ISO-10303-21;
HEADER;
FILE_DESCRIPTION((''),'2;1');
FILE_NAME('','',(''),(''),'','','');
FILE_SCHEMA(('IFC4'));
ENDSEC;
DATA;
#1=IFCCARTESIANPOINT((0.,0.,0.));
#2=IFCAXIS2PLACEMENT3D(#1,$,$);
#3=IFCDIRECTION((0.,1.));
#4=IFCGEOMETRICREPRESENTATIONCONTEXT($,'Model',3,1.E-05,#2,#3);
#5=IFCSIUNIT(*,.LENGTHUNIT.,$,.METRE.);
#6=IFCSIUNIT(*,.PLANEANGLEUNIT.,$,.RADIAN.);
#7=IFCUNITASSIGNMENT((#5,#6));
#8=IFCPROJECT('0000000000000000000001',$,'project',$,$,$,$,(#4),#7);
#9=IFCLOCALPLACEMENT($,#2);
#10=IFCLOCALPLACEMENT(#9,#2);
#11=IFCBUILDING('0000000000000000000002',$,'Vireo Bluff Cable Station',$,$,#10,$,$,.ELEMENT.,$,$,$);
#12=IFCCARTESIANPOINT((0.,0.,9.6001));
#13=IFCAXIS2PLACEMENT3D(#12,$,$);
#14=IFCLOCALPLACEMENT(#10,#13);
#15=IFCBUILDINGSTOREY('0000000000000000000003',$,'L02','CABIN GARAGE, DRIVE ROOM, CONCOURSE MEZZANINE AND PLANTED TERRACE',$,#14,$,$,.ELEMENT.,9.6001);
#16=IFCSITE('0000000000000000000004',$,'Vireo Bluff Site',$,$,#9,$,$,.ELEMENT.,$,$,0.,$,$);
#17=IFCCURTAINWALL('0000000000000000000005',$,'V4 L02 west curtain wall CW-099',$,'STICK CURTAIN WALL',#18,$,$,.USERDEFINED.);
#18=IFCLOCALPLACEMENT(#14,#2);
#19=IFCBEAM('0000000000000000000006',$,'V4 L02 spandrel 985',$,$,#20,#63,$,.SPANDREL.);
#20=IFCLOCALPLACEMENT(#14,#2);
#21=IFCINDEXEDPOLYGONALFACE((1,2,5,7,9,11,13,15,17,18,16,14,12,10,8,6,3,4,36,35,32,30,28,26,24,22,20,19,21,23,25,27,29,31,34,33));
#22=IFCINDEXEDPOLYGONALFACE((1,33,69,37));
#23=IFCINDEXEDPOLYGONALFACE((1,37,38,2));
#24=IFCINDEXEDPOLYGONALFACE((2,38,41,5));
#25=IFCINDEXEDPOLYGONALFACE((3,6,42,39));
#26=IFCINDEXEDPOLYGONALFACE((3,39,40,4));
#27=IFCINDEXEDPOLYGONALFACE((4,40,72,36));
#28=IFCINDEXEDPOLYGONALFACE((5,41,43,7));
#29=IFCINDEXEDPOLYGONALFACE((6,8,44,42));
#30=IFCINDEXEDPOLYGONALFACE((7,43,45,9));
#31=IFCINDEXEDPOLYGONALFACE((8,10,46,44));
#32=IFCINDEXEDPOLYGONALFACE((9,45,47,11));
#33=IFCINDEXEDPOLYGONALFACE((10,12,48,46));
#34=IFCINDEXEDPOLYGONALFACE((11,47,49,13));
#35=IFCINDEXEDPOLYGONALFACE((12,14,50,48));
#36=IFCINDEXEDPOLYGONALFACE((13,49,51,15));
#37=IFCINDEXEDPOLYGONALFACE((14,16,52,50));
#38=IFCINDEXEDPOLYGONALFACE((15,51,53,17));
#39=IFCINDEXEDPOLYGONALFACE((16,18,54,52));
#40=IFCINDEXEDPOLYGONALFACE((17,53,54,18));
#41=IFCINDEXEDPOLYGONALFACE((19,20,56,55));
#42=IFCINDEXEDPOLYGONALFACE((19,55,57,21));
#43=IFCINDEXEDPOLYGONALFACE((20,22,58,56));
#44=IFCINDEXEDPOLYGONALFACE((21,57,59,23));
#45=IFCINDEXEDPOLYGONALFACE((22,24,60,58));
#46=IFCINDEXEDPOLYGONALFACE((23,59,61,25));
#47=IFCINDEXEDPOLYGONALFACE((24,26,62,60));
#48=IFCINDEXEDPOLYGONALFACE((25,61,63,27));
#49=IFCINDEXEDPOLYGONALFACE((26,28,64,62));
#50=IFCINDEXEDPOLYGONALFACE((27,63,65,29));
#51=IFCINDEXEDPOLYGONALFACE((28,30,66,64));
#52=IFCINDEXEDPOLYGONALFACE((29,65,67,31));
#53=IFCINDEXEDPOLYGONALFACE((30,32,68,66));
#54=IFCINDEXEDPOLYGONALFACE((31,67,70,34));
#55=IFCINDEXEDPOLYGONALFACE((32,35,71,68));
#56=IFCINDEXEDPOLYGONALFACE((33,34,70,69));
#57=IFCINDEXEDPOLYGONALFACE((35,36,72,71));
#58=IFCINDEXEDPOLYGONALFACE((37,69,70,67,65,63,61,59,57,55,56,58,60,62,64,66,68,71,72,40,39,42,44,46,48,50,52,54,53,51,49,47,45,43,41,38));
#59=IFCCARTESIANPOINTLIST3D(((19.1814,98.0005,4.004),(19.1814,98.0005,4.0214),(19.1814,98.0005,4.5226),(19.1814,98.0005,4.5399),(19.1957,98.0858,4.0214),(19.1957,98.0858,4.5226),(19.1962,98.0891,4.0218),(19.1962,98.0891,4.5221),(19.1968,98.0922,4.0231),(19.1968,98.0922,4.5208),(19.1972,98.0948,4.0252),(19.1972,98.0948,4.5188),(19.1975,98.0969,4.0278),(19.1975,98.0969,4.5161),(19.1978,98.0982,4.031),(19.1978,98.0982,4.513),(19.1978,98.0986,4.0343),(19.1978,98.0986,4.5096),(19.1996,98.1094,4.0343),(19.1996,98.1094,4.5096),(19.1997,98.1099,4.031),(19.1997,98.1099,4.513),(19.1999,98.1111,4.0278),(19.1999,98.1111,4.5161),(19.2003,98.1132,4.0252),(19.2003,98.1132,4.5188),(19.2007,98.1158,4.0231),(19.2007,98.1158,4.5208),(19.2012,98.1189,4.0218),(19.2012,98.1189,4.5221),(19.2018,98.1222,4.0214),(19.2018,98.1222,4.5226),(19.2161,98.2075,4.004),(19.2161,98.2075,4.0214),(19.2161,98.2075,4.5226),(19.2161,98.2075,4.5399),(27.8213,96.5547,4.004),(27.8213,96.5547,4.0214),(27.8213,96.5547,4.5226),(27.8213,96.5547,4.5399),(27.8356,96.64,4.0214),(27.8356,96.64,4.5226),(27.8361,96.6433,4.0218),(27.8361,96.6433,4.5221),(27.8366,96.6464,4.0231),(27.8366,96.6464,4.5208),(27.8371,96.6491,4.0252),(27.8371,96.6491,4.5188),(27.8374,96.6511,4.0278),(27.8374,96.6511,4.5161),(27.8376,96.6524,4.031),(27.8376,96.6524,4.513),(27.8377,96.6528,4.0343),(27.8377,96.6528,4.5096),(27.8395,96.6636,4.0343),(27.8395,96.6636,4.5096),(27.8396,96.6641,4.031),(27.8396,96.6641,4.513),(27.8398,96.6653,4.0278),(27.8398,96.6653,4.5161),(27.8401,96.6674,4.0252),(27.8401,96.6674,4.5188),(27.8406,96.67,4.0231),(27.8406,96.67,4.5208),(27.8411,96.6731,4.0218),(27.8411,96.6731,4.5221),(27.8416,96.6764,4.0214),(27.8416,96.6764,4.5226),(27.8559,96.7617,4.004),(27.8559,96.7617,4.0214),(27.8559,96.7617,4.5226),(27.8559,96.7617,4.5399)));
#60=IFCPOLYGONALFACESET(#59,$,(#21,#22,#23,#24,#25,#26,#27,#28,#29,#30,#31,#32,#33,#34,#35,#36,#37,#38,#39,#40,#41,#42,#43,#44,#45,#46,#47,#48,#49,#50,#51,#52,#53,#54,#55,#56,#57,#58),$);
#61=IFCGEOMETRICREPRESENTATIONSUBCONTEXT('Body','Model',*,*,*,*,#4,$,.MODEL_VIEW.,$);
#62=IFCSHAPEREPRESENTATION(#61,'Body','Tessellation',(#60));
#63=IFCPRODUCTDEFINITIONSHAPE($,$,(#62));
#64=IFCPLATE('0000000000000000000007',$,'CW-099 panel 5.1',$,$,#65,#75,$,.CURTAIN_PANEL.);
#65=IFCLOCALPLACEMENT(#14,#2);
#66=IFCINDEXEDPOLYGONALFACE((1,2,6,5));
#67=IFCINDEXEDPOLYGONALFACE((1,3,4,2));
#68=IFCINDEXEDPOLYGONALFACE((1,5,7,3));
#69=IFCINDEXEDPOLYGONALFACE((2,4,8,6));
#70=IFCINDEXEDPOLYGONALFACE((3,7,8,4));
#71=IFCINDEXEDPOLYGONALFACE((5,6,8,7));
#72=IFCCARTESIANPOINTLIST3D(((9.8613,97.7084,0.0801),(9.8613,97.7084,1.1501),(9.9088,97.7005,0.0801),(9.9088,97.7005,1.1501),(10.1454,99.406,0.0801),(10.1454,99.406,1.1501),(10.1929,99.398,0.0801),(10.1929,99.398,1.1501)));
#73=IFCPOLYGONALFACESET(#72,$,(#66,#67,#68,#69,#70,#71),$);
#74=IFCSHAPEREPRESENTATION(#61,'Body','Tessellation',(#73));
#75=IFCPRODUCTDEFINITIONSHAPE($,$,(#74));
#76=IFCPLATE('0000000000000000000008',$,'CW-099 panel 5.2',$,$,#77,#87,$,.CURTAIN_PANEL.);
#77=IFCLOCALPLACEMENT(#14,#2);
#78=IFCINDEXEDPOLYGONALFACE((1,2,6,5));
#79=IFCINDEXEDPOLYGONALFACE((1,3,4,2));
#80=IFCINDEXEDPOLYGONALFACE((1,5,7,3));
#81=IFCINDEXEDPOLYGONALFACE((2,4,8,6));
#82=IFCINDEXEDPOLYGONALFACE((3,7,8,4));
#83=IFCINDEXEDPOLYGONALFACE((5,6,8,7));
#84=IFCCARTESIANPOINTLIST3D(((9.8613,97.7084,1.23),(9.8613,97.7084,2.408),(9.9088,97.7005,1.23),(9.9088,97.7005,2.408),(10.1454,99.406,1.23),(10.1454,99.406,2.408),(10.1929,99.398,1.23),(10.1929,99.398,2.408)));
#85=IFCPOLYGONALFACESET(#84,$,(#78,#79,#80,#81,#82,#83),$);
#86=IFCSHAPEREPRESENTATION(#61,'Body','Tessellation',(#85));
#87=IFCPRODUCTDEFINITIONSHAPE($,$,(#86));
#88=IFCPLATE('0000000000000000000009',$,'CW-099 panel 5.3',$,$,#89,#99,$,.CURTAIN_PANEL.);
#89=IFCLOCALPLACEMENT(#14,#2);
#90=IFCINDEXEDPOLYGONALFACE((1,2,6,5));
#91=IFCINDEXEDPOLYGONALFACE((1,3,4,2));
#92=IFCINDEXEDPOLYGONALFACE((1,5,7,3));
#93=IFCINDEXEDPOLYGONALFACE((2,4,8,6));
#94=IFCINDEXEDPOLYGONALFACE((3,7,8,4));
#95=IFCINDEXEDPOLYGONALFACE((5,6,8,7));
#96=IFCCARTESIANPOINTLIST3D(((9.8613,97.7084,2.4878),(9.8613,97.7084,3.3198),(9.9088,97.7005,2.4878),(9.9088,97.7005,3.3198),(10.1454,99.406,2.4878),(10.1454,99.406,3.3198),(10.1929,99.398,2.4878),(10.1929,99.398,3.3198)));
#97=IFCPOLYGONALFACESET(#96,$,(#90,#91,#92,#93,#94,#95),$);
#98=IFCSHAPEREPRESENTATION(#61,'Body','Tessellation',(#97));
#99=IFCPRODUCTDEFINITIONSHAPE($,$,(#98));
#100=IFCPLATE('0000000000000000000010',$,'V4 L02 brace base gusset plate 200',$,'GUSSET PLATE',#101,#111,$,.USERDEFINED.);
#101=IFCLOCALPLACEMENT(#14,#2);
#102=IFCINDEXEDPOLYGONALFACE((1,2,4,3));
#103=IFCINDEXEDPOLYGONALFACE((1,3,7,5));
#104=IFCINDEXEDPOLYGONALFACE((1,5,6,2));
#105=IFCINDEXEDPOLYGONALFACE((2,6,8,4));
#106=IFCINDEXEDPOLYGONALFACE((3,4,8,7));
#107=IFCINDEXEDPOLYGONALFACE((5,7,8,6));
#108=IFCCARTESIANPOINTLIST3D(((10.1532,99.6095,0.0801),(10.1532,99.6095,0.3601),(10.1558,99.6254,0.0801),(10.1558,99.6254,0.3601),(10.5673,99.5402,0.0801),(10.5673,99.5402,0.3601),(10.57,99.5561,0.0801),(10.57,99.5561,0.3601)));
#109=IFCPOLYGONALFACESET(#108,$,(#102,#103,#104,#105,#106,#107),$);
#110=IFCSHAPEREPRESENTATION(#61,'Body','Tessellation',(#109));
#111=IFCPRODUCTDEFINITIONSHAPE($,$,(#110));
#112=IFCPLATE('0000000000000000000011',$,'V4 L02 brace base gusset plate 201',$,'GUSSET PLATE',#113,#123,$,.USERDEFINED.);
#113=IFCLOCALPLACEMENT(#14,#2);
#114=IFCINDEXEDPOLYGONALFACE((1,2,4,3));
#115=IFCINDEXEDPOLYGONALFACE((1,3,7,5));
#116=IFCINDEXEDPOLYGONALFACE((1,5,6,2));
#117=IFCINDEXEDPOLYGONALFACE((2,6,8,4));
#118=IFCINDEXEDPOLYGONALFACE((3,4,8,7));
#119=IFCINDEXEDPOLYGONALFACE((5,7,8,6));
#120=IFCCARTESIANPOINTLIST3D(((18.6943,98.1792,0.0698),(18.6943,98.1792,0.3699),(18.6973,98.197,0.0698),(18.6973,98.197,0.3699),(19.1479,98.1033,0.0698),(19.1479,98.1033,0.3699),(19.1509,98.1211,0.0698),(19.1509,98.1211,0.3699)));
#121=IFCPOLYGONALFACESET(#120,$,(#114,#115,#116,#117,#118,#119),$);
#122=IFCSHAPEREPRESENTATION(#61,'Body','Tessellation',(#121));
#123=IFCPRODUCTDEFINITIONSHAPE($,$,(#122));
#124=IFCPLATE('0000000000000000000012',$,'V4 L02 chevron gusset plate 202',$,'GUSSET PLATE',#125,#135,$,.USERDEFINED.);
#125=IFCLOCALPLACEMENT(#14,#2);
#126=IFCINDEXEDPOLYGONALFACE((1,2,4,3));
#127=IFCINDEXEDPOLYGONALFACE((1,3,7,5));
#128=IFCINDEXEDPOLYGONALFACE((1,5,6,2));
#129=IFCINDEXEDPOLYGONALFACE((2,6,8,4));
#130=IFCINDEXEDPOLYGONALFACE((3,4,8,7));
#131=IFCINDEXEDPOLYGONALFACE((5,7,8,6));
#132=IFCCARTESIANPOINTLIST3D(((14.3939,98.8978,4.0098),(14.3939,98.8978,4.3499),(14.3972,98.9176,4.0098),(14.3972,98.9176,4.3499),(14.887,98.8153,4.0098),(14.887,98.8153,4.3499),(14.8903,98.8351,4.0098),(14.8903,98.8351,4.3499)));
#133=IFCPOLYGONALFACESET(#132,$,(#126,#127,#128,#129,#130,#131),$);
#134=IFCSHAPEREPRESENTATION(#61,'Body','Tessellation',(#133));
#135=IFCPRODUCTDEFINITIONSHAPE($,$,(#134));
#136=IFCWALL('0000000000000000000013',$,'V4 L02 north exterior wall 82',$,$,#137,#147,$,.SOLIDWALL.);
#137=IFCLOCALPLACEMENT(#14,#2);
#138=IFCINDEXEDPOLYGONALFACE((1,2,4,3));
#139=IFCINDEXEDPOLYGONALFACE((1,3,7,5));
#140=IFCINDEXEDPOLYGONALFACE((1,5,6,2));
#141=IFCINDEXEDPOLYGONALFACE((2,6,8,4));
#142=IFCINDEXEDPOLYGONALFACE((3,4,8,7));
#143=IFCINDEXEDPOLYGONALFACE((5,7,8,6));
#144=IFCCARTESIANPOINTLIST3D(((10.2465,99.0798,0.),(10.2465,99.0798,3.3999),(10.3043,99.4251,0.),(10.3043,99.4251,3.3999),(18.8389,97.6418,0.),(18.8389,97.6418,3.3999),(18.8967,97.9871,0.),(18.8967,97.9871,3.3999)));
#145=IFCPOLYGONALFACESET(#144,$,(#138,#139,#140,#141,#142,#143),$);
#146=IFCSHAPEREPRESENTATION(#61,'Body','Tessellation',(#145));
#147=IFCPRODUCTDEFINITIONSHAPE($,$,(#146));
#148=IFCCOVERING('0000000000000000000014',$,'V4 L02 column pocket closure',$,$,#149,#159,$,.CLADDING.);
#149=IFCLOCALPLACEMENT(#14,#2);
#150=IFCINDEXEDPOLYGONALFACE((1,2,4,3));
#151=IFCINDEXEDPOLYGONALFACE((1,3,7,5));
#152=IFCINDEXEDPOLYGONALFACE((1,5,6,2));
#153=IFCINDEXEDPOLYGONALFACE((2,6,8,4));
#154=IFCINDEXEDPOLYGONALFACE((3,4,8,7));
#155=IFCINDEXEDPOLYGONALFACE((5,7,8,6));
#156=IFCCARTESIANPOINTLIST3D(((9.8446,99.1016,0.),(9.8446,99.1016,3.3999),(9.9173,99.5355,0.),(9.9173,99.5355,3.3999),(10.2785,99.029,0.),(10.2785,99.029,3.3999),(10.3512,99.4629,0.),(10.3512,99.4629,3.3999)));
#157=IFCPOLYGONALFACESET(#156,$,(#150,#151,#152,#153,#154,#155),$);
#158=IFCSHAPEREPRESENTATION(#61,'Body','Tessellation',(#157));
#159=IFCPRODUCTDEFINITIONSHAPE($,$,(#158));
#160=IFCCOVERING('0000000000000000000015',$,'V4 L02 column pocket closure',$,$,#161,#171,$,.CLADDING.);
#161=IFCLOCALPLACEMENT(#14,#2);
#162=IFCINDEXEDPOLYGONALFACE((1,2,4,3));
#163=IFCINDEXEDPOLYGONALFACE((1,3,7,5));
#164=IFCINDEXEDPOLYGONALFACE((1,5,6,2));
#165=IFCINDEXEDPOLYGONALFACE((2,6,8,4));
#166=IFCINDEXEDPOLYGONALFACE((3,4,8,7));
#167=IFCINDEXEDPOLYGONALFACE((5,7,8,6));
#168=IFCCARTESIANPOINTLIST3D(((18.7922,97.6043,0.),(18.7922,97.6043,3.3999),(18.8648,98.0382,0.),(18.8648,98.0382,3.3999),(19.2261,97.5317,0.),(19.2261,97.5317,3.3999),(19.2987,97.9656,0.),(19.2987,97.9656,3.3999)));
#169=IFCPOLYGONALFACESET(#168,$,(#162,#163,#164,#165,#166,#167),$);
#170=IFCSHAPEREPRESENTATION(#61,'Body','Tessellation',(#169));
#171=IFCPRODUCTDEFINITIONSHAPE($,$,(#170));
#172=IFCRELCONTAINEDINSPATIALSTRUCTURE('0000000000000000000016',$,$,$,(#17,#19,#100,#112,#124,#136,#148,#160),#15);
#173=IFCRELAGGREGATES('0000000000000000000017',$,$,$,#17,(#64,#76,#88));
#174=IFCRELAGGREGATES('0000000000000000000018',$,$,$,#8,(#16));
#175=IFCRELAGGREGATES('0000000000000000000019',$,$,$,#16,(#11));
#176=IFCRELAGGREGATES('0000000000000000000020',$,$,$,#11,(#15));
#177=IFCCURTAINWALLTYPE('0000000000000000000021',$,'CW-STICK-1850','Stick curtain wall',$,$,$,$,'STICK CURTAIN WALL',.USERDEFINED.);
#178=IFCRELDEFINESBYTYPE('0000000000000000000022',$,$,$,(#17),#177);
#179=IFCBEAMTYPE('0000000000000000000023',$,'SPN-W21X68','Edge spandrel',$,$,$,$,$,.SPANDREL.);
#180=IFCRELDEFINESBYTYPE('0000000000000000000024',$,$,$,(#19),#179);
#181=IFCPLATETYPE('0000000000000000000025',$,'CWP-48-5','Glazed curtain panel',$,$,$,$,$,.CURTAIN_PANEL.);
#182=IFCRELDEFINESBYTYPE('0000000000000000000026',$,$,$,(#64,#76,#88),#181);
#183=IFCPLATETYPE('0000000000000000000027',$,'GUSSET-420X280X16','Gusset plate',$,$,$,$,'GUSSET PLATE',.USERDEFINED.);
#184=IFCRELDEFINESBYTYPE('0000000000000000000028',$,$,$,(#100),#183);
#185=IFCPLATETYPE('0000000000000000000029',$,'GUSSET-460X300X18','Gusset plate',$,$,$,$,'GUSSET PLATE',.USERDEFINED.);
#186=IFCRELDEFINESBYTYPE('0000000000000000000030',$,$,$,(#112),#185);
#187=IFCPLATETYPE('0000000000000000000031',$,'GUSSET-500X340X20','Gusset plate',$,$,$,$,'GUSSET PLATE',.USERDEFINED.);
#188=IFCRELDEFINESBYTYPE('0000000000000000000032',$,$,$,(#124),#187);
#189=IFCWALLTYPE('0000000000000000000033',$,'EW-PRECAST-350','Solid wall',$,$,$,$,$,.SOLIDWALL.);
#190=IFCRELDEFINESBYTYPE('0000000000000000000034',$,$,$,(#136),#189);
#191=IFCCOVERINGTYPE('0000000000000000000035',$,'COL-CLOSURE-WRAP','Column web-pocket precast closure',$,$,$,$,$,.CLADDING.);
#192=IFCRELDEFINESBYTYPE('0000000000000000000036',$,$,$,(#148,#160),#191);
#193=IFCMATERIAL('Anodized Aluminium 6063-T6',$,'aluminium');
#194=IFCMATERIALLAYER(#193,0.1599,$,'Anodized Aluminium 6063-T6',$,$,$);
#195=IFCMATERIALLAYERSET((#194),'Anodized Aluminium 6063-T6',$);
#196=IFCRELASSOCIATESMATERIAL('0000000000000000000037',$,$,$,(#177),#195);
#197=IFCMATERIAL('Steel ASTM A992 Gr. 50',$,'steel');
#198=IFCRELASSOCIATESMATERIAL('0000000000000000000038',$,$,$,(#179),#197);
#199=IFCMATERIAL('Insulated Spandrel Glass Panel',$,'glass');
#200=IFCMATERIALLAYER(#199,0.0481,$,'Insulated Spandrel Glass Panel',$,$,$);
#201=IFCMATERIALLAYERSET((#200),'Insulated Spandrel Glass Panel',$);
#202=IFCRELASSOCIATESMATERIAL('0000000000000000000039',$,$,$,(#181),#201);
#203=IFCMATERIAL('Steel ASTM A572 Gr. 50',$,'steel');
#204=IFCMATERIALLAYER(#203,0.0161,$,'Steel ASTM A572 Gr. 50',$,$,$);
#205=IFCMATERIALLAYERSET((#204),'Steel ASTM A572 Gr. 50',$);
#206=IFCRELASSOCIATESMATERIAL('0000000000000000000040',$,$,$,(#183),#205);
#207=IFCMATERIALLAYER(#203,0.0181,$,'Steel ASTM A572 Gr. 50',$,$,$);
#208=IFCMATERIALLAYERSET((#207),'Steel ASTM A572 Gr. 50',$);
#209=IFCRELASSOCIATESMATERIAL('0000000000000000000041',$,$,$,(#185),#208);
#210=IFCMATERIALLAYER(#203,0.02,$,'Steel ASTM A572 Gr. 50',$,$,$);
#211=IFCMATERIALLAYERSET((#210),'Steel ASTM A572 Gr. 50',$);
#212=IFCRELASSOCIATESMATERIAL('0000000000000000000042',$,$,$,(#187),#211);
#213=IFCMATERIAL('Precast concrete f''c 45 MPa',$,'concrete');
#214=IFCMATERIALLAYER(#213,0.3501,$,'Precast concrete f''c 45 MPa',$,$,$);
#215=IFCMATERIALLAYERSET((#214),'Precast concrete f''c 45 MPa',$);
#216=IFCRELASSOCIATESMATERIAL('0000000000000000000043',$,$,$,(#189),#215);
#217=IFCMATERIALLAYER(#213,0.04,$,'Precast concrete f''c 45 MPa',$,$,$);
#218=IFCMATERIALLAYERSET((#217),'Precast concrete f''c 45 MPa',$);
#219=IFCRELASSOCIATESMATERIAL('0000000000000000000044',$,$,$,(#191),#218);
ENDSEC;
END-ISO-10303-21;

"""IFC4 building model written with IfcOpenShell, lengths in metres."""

from ifc_helpers import new_model, si_unit, direction, frame, frame_2d, origin, origin_2d, place, context, subcontext, project, spatial, rectangle, i_section, extrude, material, layer, layer_set, material_profile, profile_set, type_object, element, aggregate, save


model = new_model("IFC4")

# Units and contexts
model_context = context("Model", 3, precision=1e-05, world=origin(), true_north=direction((0.0, 1.0)))
body_context = subcontext(model_context, "Body", "Model", "MODEL_VIEW")
ifc_project = project(units=[si_unit("LENGTHUNIT", "METRE"), si_unit("PLANEANGLEUNIT", "RADIAN")], contexts=[model_context])

# Site, building, storey
site_placement = place(None, origin())
site = spatial("IfcSite", under=ifc_project, at=site_placement, Name="Vireo Bluff Site", CompositionType="ELEMENT", RefElevation=0.0)
building_placement = place(site_placement, origin())
building = spatial("IfcBuilding", under=site, at=building_placement, Name="Vireo Bluff Cable Station", CompositionType="ELEMENT")
storey_placement = place(building_placement, frame((0.0, 0.0, 9.6001)))
storey = spatial("IfcBuildingStorey", under=building, at=storey_placement, Name="L02", Description="CABIN GARAGE, DRIVE ROOM, CONCOURSE MEZZANINE AND PLANTED TERRACE", CompositionType="ELEMENT", Elevation=9.6001)

# Shared definitions
ifc_material_1 = material(Name="Steel ASTM A992 Gr. 50", Category="steel")

# Curtain wall
ifc_material_2 = material(Name="Anodized Aluminium 6063-T6", Category="aluminium")
ifc_layer_1 = layer(ifc_material_2, 0.1599, Name="Anodized Aluminium 6063-T6")
ifc_layer_set_1 = layer_set([ifc_layer_1], Name="Anodized Aluminium 6063-T6")
curtain_wall_type = type_object("IfcCurtainWallType", Name="CW-STICK-1850", Description="Stick curtain wall", ElementType="STICK CURTAIN WALL", PredefinedType="USERDEFINED", material=ifc_layer_set_1)
curtain_wall_placement = place(storey_placement, origin())
curtain_wall = element("IfcCurtainWall", 1, at=curtain_wall_placement, inside=storey, type_object=curtain_wall_type, Name="V4 L02 west curtain wall CW-099", ObjectType="STICK CURTAIN WALL", PredefinedType="USERDEFINED")

# Beam
ifc_material_profile_1 = material_profile(ifc_material_1, i_section(OverallWidth=0.21, OverallDepth=0.5359, WebThickness=0.011, FlangeThickness=0.0173, FilletRadius=0.0129, at=origin_2d()), Name="W21X68")
ifc_profile_set_1 = profile_set([ifc_material_profile_1], Name="Steel ASTM A992 Gr. 50")
beam_type_1 = type_object("IfcBeamType", Name="SPN-W21X68", Description="Edge spandrel", PredefinedType="SPANDREL", material=ifc_profile_set_1)
beam_1_placement = place(storey_placement, frame((19.1987, 98.104, 4.272), z_axis=(0.986286, -0.165045, 0.0), x_axis=(0.165045, 0.986286, 0.0)))
element("IfcBeam", 2, at=beam_1_placement, inside=storey, type_object=beam_type_1, Name="V4 L02 spandrel 985", PredefinedType="SPANDREL", context=body_context, shape_type="SweptSolid", body=[
    extrude(i_section(OverallWidth=0.21, OverallDepth=0.5359, WebThickness=0.011, FlangeThickness=0.0173, FilletRadius=0.0129, at=origin_2d()), origin(), (0.0, 0.0, 1.0), 8.76),
])

# Plates
ifc_material_3 = material(Name="Insulated Spandrel Glass Panel", Category="glass")
ifc_layer_2 = layer(ifc_material_3, 0.0481, Name="Insulated Spandrel Glass Panel")
ifc_layer_set_2 = layer_set([ifc_layer_2], Name="Insulated Spandrel Glass Panel")
plate_type_1 = type_object("IfcPlateType", Name="CWP-48-5", Description="Glazed curtain panel", PredefinedType="CURTAIN_PANEL", material=ifc_layer_set_2)
plate_1_placement = place(storey_placement, frame((10.0271, 98.5532, 0.0801), z_axis=(0.0, 0.0, 1.0), x_axis=(0.165048, 0.986286, 0.0)))
plate_1 = element("IfcPlate", 3, at=plate_1_placement, type_object=plate_type_1, Name="CW-099 panel 5.1", PredefinedType="CURTAIN_PANEL", context=body_context, shape_type="SweptSolid", body=[
    extrude(rectangle(XDim=1.7212, YDim=0.0481, at=origin_2d()), origin(), (0.0, 0.0, 1.0), 1.0701),
])
plate_2_placement = place(storey_placement, frame((10.0271, 98.5532, 1.23), z_axis=(0.0, 0.0, 1.0), x_axis=(0.165048, 0.986286, 0.0)))
plate_2 = element("IfcPlate", 4, at=plate_2_placement, type_object=plate_type_1, Name="CW-099 panel 5.2", PredefinedType="CURTAIN_PANEL", context=body_context, shape_type="SweptSolid", body=[
    extrude(rectangle(XDim=1.7212, YDim=0.0481, at=origin_2d()), origin(), (0.0, 0.0, 1.0), 1.178),
])
plate_3_placement = place(storey_placement, frame((10.0271, 98.5532, 2.4878), z_axis=(0.0, 0.0, 1.0), x_axis=(0.165048, 0.986286, 0.0)))
plate_3 = element("IfcPlate", 5, at=plate_3_placement, type_object=plate_type_1, Name="CW-099 panel 5.3", PredefinedType="CURTAIN_PANEL", context=body_context, shape_type="SweptSolid", body=[
    extrude(rectangle(XDim=1.7212, YDim=0.0481, at=origin_2d()), origin(), (0.0, 0.0, 1.0), 0.832),
])
aggregate(curtain_wall, [plate_1, plate_2, plate_3])

# Plates
ifc_material_4 = material(Name="Steel ASTM A572 Gr. 50", Category="steel")
ifc_layer_3 = layer(ifc_material_4, 0.0161, Name="Steel ASTM A572 Gr. 50")
ifc_layer_set_3 = layer_set([ifc_layer_3], Name="Steel ASTM A572 Gr. 50")
plate_type_2 = type_object("IfcPlateType", Name="GUSSET-420X280X16", Description="Gusset plate", ElementType="GUSSET PLATE", PredefinedType="USERDEFINED", material=ifc_layer_set_3)
plate_4_placement = place(storey_placement, frame((10.3616, 99.5828, 0.0801), z_axis=(0.0, 0.0, 1.0), x_axis=(0.986286, -0.165048, 0.0)))
element("IfcPlate", 6, at=plate_4_placement, inside=storey, type_object=plate_type_2, Name="V4 L02 brace base gusset plate 200", ObjectType="GUSSET PLATE", PredefinedType="USERDEFINED", context=body_context, shape_type="SweptSolid", body=[
    extrude(rectangle(XDim=0.4199, YDim=0.0161, at=origin_2d()), origin(), (0.0, 0.0, 1.0), 0.28),
])
ifc_layer_4 = layer(ifc_material_4, 0.0181, Name="Steel ASTM A572 Gr. 50")
ifc_layer_set_4 = layer_set([ifc_layer_4], Name="Steel ASTM A572 Gr. 50")
plate_type_3 = type_object("IfcPlateType", Name="GUSSET-460X300X18", Description="Gusset plate", ElementType="GUSSET PLATE", PredefinedType="USERDEFINED", material=ifc_layer_set_4)
plate_5_placement = place(storey_placement, frame((18.9226, 98.1501, 0.0698), z_axis=(0.0, 0.0, 1.0), x_axis=(0.986286, -0.165048, 0.0)))
element("IfcPlate", 7, at=plate_5_placement, inside=storey, type_object=plate_type_3, Name="V4 L02 brace base gusset plate 201", ObjectType="GUSSET PLATE", PredefinedType="USERDEFINED", context=body_context, shape_type="SweptSolid", body=[
    extrude(rectangle(XDim=0.46, YDim=0.0181, at=origin_2d()), origin(), (0.0, 0.0, 1.0), 0.3),
])
ifc_layer_5 = layer(ifc_material_4, 0.02, Name="Steel ASTM A572 Gr. 50")
ifc_layer_set_5 = layer_set([ifc_layer_5], Name="Steel ASTM A572 Gr. 50")
plate_type_4 = type_object("IfcPlateType", Name="GUSSET-500X340X20", Description="Gusset plate", ElementType="GUSSET PLATE", PredefinedType="USERDEFINED", material=ifc_layer_set_5)
plate_6_placement = place(storey_placement, frame((14.6421, 98.8665, 4.0098), z_axis=(0.0, 0.0, 1.0), x_axis=(0.986286, -0.165048, 0.0)))
element("IfcPlate", 8, at=plate_6_placement, inside=storey, type_object=plate_type_4, Name="V4 L02 chevron gusset plate 202", ObjectType="GUSSET PLATE", PredefinedType="USERDEFINED", context=body_context, shape_type="SweptSolid", body=[
    extrude(rectangle(XDim=0.5, YDim=0.02, at=origin_2d()), origin(), (0.0, 0.0, 1.0), 0.3401),
])

# Wall
ifc_material_5 = material(Name="Precast concrete f'c 45 MPa", Category="concrete")
ifc_layer_6 = layer(ifc_material_5, 0.3501, Name="Precast concrete f'c 45 MPa")
ifc_layer_set_6 = layer_set([ifc_layer_6], Name="Precast concrete f'c 45 MPa")
wall_type = type_object("IfcWallType", Name="EW-PRECAST-350", Description="Solid wall", PredefinedType="SOLIDWALL", material=ifc_layer_set_6)
wall_placement = place(storey_placement, frame((10.2754, 99.2524, 0.0), z_axis=(0.0, 0.0, 1.0), x_axis=(0.986284, -0.165058, 0.0)))
element("IfcWall", 9, at=wall_placement, inside=storey, type_object=wall_type, Name="V4 L02 north exterior wall 82", PredefinedType="SOLIDWALL", context=body_context, shape_type="SweptSolid", body=[
    extrude(rectangle(XDim=8.7119, YDim=0.3501, at=frame_2d((4.356, 0.0))), origin(), (0.0, 0.0, 1.0), 3.3999),
])

# Coverings
ifc_layer_7 = layer(ifc_material_5, 0.04, Name="Precast concrete f'c 45 MPa")
ifc_layer_set_7 = layer_set([ifc_layer_7], Name="Precast concrete f'c 45 MPa")
covering_type = type_object("IfcCoveringType", Name="COL-CLOSURE-WRAP", Description="Column web-pocket precast closure", PredefinedType="CLADDING", material=ifc_layer_set_7)
for number, where, z_axis, x_axis, name in (
    (10, (10.0979, 99.2822, 0.0), (0.0, 0.0, 1.0), (0.986286, -0.165048, 0.0), "V4 L02 column pocket closure"),
    (11, (19.0454, 97.7849, 0.0), (0.0, 0.0, 1.0), (0.986286, -0.165048, 0.0), "V4 L02 column pocket closure"),
):
    element("IfcCovering", number, at=place(storey_placement, frame(where, z_axis=z_axis, x_axis=x_axis)), inside=storey, type_object=covering_type, Name=name, PredefinedType="CLADDING", context=body_context, shape_type="SweptSolid", body=[
        extrude(rectangle(XDim=0.4399, YDim=0.4399, at=origin_2d()), origin(), (0.0, 0.0, 1.0), 3.3999),
    ])

save(model, "model.ifc")
